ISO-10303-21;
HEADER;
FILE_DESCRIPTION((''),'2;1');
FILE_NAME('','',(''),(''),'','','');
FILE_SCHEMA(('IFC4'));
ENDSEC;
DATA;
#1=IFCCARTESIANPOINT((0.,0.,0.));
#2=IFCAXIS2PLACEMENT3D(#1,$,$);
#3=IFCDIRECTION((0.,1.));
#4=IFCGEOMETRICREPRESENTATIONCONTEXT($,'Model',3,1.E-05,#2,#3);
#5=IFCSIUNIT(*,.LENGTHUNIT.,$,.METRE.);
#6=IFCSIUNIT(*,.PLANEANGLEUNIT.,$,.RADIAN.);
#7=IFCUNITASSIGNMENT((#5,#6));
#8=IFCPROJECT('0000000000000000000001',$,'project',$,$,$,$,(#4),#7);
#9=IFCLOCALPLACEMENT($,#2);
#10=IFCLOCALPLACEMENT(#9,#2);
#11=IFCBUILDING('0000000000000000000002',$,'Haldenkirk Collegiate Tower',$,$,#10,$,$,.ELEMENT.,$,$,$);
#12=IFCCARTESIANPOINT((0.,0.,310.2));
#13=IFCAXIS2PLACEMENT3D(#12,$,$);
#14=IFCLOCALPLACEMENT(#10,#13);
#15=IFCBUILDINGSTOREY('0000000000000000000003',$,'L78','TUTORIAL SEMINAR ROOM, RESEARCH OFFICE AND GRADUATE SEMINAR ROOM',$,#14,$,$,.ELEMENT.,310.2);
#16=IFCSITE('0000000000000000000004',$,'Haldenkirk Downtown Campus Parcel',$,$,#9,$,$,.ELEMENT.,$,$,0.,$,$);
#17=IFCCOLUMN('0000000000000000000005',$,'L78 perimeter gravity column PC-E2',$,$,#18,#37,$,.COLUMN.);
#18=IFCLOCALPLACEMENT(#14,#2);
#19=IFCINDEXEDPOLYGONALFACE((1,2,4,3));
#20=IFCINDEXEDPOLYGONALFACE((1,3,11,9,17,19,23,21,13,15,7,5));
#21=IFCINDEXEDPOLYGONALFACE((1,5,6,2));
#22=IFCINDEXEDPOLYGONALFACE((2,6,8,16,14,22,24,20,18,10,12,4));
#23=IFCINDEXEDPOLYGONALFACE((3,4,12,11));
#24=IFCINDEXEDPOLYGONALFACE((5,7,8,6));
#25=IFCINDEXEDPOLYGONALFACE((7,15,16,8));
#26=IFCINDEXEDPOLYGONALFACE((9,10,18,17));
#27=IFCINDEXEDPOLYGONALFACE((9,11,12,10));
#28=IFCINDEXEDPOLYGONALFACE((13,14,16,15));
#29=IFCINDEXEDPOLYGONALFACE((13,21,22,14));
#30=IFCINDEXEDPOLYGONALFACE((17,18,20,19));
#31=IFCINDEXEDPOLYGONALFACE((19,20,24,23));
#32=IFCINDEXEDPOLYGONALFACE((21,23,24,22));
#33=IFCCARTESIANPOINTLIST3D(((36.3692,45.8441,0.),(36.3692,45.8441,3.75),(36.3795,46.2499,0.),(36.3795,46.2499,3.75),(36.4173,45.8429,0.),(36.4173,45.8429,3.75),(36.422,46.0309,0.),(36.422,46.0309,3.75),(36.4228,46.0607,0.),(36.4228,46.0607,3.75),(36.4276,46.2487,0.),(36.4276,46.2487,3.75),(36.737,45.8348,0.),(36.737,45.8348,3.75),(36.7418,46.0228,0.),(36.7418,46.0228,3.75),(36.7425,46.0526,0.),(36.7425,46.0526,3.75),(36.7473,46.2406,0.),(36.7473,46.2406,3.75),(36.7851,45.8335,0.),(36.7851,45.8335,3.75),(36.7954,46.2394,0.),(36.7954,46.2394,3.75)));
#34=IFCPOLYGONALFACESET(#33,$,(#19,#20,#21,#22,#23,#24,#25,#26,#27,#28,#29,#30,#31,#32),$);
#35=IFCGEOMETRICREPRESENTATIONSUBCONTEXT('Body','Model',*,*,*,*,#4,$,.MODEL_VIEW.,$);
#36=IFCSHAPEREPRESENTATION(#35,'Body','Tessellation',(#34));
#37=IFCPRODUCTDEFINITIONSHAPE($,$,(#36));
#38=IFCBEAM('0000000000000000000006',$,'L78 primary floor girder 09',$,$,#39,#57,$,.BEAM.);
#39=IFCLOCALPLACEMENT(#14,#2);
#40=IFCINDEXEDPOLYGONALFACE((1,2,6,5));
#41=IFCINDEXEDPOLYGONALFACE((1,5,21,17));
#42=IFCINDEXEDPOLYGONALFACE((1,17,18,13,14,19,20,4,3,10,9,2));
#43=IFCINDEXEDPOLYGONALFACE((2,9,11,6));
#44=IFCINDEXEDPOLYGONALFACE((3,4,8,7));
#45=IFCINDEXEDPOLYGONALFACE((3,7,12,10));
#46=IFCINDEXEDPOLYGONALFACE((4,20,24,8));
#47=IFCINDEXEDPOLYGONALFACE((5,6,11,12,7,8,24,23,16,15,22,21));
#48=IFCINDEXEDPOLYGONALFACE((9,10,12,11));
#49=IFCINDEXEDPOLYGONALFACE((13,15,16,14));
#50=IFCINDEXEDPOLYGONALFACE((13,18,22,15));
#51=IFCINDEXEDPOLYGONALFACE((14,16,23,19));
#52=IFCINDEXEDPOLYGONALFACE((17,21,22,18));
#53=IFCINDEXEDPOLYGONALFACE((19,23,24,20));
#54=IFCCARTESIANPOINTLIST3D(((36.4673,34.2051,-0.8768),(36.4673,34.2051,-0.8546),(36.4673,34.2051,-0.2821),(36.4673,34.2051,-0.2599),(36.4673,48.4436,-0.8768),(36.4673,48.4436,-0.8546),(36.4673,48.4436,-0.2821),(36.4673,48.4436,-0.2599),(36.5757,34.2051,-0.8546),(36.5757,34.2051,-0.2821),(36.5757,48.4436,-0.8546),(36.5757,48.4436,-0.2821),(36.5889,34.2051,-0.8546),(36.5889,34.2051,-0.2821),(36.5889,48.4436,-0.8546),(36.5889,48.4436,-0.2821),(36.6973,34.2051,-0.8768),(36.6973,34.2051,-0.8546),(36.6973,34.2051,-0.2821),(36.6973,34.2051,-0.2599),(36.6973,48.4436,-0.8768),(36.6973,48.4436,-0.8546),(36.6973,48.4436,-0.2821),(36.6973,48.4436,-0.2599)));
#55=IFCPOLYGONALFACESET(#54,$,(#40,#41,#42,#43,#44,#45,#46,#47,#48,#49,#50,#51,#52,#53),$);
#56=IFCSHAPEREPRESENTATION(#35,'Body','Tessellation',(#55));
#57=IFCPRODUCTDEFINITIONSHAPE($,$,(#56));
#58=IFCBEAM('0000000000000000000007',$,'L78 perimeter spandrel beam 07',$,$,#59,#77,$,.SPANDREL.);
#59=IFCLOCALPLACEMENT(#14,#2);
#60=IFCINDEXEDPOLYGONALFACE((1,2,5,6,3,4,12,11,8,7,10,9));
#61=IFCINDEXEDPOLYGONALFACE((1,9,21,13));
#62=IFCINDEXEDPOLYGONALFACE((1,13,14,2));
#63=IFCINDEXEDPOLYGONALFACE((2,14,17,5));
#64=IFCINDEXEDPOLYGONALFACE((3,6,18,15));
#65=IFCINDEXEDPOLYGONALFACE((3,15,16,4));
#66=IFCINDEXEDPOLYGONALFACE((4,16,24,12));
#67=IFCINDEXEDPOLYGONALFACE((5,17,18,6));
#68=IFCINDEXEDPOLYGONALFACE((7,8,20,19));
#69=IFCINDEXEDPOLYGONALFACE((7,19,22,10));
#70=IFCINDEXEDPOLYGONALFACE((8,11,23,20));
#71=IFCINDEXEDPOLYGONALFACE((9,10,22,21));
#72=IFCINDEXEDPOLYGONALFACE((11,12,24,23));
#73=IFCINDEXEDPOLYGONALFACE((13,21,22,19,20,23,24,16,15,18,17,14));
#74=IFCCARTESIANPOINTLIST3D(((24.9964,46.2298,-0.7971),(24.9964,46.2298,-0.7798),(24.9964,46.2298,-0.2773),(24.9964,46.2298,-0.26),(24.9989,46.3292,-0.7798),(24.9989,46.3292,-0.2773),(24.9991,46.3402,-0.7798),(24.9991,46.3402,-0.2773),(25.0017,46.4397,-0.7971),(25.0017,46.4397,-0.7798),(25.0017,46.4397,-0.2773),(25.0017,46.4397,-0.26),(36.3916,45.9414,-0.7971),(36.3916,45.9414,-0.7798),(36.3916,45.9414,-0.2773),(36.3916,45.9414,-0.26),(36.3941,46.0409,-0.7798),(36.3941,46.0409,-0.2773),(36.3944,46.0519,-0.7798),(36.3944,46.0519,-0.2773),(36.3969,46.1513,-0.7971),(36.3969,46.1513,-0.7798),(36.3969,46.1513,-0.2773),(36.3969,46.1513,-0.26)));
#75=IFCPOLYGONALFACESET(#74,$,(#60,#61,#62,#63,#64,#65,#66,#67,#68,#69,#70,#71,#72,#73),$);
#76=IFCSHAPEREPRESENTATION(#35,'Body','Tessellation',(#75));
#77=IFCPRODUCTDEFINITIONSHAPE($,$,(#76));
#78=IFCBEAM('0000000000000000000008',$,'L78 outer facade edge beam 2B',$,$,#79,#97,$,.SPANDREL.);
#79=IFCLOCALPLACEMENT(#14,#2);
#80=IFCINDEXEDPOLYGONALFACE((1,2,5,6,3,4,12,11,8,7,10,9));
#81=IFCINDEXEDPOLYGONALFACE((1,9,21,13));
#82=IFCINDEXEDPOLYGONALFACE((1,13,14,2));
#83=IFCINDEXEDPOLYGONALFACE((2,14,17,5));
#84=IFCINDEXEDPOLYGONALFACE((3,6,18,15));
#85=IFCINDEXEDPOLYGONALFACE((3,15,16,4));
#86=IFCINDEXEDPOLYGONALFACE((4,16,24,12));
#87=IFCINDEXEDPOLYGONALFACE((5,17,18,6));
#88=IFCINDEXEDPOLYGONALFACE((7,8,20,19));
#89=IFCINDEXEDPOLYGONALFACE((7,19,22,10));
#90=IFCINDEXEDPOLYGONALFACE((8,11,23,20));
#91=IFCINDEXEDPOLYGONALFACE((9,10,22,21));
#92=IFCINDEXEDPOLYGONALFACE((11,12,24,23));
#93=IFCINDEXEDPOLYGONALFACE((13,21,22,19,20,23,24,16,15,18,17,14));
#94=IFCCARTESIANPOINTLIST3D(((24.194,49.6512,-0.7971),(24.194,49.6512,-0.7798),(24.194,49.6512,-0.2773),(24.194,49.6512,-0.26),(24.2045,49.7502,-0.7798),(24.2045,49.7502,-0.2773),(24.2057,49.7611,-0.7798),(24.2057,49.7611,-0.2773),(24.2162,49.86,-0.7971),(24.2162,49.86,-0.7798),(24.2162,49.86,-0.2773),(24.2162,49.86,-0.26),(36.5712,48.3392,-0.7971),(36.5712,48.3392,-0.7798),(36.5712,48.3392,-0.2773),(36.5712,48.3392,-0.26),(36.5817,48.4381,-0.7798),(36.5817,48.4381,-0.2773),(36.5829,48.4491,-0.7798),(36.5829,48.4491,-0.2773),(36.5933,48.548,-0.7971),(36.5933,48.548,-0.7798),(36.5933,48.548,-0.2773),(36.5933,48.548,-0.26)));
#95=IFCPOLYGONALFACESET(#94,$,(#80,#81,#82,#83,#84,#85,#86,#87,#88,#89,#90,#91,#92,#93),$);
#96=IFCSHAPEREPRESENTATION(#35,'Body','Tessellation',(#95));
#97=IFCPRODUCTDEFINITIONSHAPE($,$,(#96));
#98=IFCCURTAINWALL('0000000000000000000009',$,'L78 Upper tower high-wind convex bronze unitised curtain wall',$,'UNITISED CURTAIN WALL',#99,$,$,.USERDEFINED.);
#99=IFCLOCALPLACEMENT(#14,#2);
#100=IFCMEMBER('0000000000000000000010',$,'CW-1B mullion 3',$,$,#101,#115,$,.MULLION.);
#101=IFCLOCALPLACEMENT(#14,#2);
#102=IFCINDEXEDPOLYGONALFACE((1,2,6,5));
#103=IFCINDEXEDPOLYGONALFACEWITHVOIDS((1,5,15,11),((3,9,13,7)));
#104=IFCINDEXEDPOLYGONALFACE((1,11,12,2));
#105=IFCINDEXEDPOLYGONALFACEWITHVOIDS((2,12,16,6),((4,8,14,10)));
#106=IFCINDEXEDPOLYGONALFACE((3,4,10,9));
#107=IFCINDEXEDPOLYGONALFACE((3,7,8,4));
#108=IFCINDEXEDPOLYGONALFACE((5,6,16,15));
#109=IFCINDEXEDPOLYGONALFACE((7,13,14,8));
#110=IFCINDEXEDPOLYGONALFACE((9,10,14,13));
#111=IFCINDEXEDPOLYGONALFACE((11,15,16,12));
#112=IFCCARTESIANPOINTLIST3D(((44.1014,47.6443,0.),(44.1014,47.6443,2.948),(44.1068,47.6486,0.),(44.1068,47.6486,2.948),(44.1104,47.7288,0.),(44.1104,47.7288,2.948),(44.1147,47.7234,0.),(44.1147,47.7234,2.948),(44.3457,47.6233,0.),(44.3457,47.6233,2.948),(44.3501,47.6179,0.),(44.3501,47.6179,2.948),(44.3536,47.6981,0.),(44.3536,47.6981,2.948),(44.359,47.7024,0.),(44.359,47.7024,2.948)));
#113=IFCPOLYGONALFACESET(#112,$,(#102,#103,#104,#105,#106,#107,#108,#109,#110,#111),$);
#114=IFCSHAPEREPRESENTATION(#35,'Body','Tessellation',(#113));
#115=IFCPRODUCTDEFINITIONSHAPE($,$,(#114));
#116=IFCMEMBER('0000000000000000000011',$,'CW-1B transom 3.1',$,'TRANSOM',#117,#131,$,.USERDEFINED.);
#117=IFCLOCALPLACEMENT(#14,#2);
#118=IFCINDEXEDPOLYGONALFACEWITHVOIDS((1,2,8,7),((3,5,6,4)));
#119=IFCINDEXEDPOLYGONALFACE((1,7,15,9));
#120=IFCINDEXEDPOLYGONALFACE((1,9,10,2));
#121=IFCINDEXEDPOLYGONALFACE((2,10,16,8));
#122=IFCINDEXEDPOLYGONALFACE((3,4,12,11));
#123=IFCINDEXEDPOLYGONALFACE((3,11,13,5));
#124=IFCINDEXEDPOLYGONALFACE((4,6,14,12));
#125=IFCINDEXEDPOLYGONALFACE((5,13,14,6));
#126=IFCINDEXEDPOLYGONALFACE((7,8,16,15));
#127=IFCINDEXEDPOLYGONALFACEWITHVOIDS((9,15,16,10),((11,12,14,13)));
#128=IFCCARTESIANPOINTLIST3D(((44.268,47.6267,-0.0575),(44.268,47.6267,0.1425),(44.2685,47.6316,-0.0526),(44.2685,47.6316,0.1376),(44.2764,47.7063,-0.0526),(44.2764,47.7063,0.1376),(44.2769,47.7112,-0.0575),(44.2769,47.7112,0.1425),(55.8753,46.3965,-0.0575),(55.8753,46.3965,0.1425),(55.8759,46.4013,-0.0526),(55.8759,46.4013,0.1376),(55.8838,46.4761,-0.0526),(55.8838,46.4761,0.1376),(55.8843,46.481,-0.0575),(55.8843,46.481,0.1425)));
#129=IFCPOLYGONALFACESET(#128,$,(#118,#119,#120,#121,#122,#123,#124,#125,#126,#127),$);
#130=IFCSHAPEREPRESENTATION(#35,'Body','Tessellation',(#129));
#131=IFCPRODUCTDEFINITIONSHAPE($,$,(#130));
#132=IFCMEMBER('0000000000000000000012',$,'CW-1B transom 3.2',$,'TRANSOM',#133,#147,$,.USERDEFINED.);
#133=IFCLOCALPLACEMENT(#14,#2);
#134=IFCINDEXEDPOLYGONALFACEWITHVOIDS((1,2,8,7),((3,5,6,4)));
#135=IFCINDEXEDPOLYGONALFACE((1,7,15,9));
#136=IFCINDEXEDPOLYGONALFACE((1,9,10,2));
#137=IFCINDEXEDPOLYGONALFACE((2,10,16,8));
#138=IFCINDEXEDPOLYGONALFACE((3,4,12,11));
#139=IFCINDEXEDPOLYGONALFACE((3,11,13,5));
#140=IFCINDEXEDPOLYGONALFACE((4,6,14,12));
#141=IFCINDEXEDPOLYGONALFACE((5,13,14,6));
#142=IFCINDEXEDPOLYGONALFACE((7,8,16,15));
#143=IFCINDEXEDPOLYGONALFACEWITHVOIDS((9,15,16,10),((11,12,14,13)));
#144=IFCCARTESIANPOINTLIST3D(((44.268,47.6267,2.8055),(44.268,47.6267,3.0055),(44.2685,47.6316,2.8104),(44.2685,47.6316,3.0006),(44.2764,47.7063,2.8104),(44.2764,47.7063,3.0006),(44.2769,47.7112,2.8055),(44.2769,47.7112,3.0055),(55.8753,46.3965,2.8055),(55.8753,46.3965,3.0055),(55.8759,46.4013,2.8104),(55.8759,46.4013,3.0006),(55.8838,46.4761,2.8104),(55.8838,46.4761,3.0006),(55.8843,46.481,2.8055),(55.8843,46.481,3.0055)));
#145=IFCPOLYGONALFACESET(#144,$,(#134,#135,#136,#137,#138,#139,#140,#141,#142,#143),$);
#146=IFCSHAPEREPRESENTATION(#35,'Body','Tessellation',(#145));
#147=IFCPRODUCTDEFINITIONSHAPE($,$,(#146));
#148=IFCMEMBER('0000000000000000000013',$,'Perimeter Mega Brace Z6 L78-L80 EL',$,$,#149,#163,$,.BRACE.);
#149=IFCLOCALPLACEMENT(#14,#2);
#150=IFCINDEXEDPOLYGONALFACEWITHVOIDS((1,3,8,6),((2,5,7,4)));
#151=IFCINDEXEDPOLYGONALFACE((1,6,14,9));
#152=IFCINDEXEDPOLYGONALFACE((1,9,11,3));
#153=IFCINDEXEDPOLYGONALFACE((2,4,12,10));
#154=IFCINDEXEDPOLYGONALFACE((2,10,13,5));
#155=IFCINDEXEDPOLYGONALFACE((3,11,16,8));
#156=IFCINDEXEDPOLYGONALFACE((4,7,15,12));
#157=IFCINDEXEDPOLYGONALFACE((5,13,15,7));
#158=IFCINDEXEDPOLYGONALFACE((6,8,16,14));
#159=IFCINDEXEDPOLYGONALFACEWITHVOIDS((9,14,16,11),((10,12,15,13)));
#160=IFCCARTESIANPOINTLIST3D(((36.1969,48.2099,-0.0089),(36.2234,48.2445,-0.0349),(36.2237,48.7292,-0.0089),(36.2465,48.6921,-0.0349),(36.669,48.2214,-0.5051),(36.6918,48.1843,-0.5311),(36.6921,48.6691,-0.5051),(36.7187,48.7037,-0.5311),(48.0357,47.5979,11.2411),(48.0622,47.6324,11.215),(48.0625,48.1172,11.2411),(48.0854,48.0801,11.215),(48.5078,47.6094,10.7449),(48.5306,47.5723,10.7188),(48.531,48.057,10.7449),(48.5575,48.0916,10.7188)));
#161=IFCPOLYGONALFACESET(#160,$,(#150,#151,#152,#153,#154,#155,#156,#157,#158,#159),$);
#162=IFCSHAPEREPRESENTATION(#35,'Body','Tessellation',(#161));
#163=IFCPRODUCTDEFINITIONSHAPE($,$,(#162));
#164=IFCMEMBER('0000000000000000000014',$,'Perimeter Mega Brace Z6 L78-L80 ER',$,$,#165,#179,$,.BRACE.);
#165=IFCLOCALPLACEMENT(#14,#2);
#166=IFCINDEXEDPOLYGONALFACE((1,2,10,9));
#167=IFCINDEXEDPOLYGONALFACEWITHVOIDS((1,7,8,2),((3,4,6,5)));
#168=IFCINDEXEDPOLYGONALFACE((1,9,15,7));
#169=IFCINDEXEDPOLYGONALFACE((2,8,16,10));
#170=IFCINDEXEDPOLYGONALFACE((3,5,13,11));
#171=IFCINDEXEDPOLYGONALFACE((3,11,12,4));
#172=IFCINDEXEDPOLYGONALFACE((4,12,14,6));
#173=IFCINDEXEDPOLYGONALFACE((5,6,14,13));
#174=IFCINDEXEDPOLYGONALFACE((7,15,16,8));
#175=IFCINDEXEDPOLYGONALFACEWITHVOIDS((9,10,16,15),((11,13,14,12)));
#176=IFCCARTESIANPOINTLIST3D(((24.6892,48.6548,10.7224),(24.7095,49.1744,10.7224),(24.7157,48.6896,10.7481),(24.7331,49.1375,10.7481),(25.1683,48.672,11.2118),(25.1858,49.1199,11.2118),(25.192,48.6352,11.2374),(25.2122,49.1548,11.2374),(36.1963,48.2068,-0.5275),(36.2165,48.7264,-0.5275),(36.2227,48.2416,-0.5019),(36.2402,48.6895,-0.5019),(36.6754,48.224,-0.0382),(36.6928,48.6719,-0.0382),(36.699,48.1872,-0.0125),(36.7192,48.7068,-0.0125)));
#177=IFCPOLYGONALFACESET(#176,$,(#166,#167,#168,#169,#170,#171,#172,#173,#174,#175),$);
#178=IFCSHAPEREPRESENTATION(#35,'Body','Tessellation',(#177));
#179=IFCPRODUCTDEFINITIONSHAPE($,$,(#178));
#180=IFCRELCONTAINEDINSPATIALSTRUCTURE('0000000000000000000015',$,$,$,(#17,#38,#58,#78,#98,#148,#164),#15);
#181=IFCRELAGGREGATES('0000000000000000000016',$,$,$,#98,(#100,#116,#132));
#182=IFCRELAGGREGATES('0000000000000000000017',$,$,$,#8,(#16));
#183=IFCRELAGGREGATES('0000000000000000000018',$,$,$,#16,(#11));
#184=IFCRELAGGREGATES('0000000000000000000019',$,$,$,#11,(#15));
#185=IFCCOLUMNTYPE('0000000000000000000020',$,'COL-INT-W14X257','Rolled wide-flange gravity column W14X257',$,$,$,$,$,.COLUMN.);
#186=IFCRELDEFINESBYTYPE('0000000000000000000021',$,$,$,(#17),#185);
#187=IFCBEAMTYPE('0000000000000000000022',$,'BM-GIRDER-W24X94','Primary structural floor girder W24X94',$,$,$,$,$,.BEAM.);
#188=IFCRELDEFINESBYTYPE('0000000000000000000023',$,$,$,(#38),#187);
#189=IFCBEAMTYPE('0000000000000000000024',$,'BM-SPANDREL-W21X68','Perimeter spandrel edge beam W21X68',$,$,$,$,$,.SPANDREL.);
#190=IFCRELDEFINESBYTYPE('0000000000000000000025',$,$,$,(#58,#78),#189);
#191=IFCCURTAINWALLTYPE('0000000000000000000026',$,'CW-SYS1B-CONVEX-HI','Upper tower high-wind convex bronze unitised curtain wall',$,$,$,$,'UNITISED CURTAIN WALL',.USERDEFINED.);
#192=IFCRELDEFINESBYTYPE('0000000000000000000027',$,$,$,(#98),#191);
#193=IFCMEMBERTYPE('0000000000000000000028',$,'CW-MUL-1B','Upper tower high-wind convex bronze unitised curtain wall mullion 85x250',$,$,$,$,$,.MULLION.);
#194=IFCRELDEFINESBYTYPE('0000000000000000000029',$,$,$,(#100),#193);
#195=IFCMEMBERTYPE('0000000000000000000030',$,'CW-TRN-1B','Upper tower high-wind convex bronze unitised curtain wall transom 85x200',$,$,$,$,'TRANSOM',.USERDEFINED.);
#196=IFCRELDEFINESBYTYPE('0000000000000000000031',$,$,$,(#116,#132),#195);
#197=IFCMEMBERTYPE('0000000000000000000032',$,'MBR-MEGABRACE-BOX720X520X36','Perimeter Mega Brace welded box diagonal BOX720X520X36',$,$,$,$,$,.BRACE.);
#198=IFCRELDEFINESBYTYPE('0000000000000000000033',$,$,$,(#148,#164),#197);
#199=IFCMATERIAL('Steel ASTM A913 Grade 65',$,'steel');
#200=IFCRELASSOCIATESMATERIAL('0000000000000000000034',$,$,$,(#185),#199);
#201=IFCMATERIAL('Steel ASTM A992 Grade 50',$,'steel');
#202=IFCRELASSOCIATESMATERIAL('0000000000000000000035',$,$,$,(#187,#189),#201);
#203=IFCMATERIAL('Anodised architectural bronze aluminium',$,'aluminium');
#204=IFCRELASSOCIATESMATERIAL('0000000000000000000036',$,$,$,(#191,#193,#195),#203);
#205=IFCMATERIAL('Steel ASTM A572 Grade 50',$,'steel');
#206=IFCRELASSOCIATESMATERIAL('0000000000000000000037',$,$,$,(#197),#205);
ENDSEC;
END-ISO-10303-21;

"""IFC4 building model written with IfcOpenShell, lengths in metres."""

from ifc_helpers import new_model, si_unit, direction, frame, origin, origin_2d, place, context, subcontext, project, spatial, hollow_rectangle, i_section, extrude, material, material_profile, profile_set, type_object, element, aggregate, save


model = new_model("IFC4")

# Units and contexts
model_context = context("Model", 3, precision=1e-05, world=origin(), true_north=direction((0.0, 1.0)))
body_context = subcontext(model_context, "Body", "Model", "MODEL_VIEW")
ifc_project = project(units=[si_unit("LENGTHUNIT", "METRE"), si_unit("PLANEANGLEUNIT", "RADIAN")], contexts=[model_context])

# Site, building, storey
site_placement = place(None, origin())
site = spatial("IfcSite", under=ifc_project, at=site_placement, Name="Haldenkirk Downtown Campus Parcel", CompositionType="ELEMENT", RefElevation=0.0)
building_placement = place(site_placement, origin())
building = spatial("IfcBuilding", under=site, at=building_placement, Name="Haldenkirk Collegiate Tower", CompositionType="ELEMENT")
storey_placement = place(building_placement, frame((0.0, 0.0, 310.2)))
storey = spatial("IfcBuildingStorey", under=building, at=storey_placement, Name="L78", Description="TUTORIAL SEMINAR ROOM, RESEARCH OFFICE AND GRADUATE SEMINAR ROOM", CompositionType="ELEMENT", Elevation=310.2)

# Column
ifc_material_1 = material(Name="Steel ASTM A913 Grade 65", Category="steel")
ifc_material_profile_1 = material_profile(ifc_material_1, i_section(OverallWidth=0.406, OverallDepth=0.416, WebThickness=0.0298, FlangeThickness=0.0481, at=origin_2d()), Name="W14X257")
ifc_profile_set_1 = profile_set([ifc_material_profile_1], Name="Steel ASTM A913 Grade 65")
column_type = type_object("IfcColumnType", Name="COL-INT-W14X257", Description="Rolled wide-flange gravity column W14X257", PredefinedType="COLUMN", material=ifc_profile_set_1)
column_placement = place(storey_placement, frame((36.5823, 46.0417, 0.0), z_axis=(0.0, 0.0, 1.0), x_axis=(0.025305, 0.99968, 0.0)))
element("IfcColumn", 1, at=column_placement, inside=storey, type_object=column_type, Name="L78 perimeter gravity column PC-E2", PredefinedType="COLUMN", context=body_context, shape_type="SweptSolid", body=[
    extrude(i_section(OverallWidth=0.406, OverallDepth=0.416, WebThickness=0.0298, FlangeThickness=0.0481, at=origin_2d()), origin(), (0.0, 0.0, 1.0), 3.75),
])

# Beams
ifc_material_2 = material(Name="Steel ASTM A992 Grade 50", Category="steel")
ifc_material_profile_2 = material_profile(ifc_material_2, i_section(OverallWidth=0.23, OverallDepth=0.6169, WebThickness=0.0132, FlangeThickness=0.0222, at=origin_2d()), Name="W24X94")
ifc_profile_set_2 = profile_set([ifc_material_profile_2], Name="Steel ASTM A992 Grade 50")
beam_type_1 = type_object("IfcBeamType", Name="BM-GIRDER-W24X94", Description="Primary structural floor girder W24X94", PredefinedType="BEAM", material=ifc_profile_set_2)
beam_1_placement = place(storey_placement, frame((36.5823, 48.4436, -0.5684), z_axis=(0.0, -1.0, 0.0), x_axis=(1.0, 0.0, 0.0)))
element("IfcBeam", 2, at=beam_1_placement, inside=storey, type_object=beam_type_1, Name="L78 primary floor girder 09", PredefinedType="BEAM", context=body_context, shape_type="SweptSolid", body=[
    extrude(i_section(OverallWidth=0.23, OverallDepth=0.6169, WebThickness=0.0132, FlangeThickness=0.0222, at=origin_2d()), origin(), (0.0, 0.0, 1.0), 14.2385),
])
ifc_material_profile_3 = material_profile(ifc_material_2, i_section(OverallWidth=0.21, OverallDepth=0.5371, WebThickness=0.011, FlangeThickness=0.0173, at=origin_2d()), Name="W21X68")
ifc_profile_set_3 = profile_set([ifc_material_profile_3], Name="Steel ASTM A992 Grade 50")
beam_type_2 = type_object("IfcBeamType", Name="BM-SPANDREL-W21X68", Description="Perimeter spandrel edge beam W21X68", PredefinedType="SPANDREL", material=ifc_profile_set_3)
beam_2_placement = place(storey_placement, frame((36.3943, 46.0464, -0.5286), z_axis=(-0.99968, 0.025295, 0.0), x_axis=(-0.025295, -0.99968, 0.0)))
element("IfcBeam", 3, at=beam_2_placement, inside=storey, type_object=beam_type_2, Name="L78 perimeter spandrel beam 07", PredefinedType="SPANDREL", context=body_context, shape_type="SweptSolid", body=[
    extrude(i_section(OverallWidth=0.21, OverallDepth=0.5371, WebThickness=0.011, FlangeThickness=0.0173, at=origin_2d()), origin(), (0.0, 0.0, 1.0), 11.3989),
])
beam_3_placement = place(storey_placement, frame((36.5823, 48.4436, -0.5286), z_axis=(-0.994429, 0.105412, 0.0), x_axis=(-0.105412, -0.994429, 0.0)))
element("IfcBeam", 4, at=beam_3_placement, inside=storey, type_object=beam_type_2, Name="L78 outer facade edge beam 2B", PredefinedType="SPANDREL", context=body_context, shape_type="SweptSolid", body=[
    extrude(i_section(OverallWidth=0.21, OverallDepth=0.5371, WebThickness=0.011, FlangeThickness=0.0173, at=origin_2d()), origin(), (0.0, 0.0, 1.0), 12.4465),
])

# Curtain wall, members
ifc_material_3 = material(Name="Anodised architectural bronze aluminium", Category="aluminium")
curtain_wall_type = type_object("IfcCurtainWallType", Name="CW-SYS1B-CONVEX-HI", Description="Upper tower high-wind convex bronze unitised curtain wall", ElementType="UNITISED CURTAIN WALL", PredefinedType="USERDEFINED", material=ifc_material_3)
curtain_wall_placement = place(storey_placement, origin())
curtain_wall = element("IfcCurtainWall", 5, at=curtain_wall_placement, inside=storey, type_object=curtain_wall_type, Name="L78 Upper tower high-wind convex bronze unitised curtain wall", ObjectType="UNITISED CURTAIN WALL", PredefinedType="USERDEFINED")
ifc_material_profile_4 = material_profile(ifc_material_3, hollow_rectangle(XDim=0.085, YDim=0.25, WallThickness=0.0049, at=origin_2d()), Name="CW-MUL-1B")
ifc_profile_set_4 = profile_set([ifc_material_profile_4], Name="Anodised architectural bronze aluminium")
member_type_1 = type_object("IfcMemberType", Name="CW-MUL-1B", Description="Upper tower high-wind convex bronze unitised curtain wall mullion 85x250", PredefinedType="MULLION", material=ifc_profile_set_4)
member_1_placement = place(storey_placement, frame((44.2302, 47.6733, 0.0), z_axis=(0.0, 0.0, 1.0), x_axis=(0.105393, 0.994431, 0.0)))
member_1 = element("IfcMember", 6, at=member_1_placement, type_object=member_type_1, Name="CW-1B mullion 3", PredefinedType="MULLION", context=body_context, shape_type="SweptSolid", body=[
    extrude(hollow_rectangle(XDim=0.085, YDim=0.25, WallThickness=0.0049, at=origin_2d()), origin(), (0.0, 0.0, 1.0), 2.948),
])
ifc_material_profile_5 = material_profile(ifc_material_3, hollow_rectangle(XDim=0.085, YDim=0.2, WallThickness=0.0049, at=origin_2d()), Name="CW-TRN-1B")
ifc_profile_set_5 = profile_set([ifc_material_profile_5], Name="Anodised architectural bronze aluminium")
member_type_2 = type_object("IfcMemberType", Name="CW-TRN-1B", Description="Upper tower high-wind convex bronze unitised curtain wall transom 85x200", ElementType="TRANSOM", PredefinedType="USERDEFINED", material=ifc_profile_set_5)
member_2_placement = place(storey_placement, frame((44.2725, 47.6689, 0.0425), z_axis=(0.99443, -0.105396, 0.0), x_axis=(0.105396, 0.99443, 0.0)))
member_2 = element("IfcMember", 7, at=member_2_placement, type_object=member_type_2, Name="CW-1B transom 3.1", ObjectType="TRANSOM", PredefinedType="USERDEFINED", context=body_context, shape_type="SweptSolid", body=[
    extrude(hollow_rectangle(XDim=0.085, YDim=0.2, WallThickness=0.0049, at=origin_2d()), origin(), (0.0, 0.0, 1.0), 11.6724),
])
member_3_placement = place(storey_placement, frame((44.2725, 47.6689, 2.9055), z_axis=(0.99443, -0.105396, 0.0), x_axis=(0.105396, 0.99443, 0.0)))
member_3 = element("IfcMember", 8, at=member_3_placement, type_object=member_type_2, Name="CW-1B transom 3.2", ObjectType="TRANSOM", PredefinedType="USERDEFINED", context=body_context, shape_type="SweptSolid", body=[
    extrude(hollow_rectangle(XDim=0.085, YDim=0.2, WallThickness=0.0049, at=origin_2d()), origin(), (0.0, 0.0, 1.0), 11.6724),
])

# Members
ifc_material_4 = material(Name="Steel ASTM A572 Grade 50", Category="steel")
ifc_material_profile_6 = material_profile(ifc_material_4, hollow_rectangle(XDim=0.52, YDim=0.72, WallThickness=0.0359, at=origin_2d()), Name="BOX720X520X36")
ifc_profile_set_6 = profile_set([ifc_material_profile_6], Name="Steel ASTM A572 Grade 50")
member_type_3 = type_object("IfcMemberType", Name="MBR-MEGABRACE-BOX720X520X36", Description="Perimeter Mega Brace welded box diagonal BOX720X520X36", PredefinedType="BRACE", material=ifc_profile_set_6)
member_4_placement = place(storey_placement, frame((36.4578, 48.4568, -0.27), z_axis=(0.724397, -0.037451, 0.688365), x_axis=(0.05163, 0.998666, 0.0)))
element("IfcMember", 9, at=member_4_placement, inside=storey, type_object=member_type_3, Name="Perimeter Mega Brace Z6 L78-L80 EL", PredefinedType="BRACE", context=body_context, shape_type="SweptSolid", body=[
    extrude(hollow_rectangle(XDim=0.52, YDim=0.72, WallThickness=0.0359, at=origin_2d()), origin(), (0.0, 0.0, 1.0), 16.343),
])
member_5_placement = place(storey_placement, frame((36.4578, 48.4568, -0.27), z_axis=(-0.714772, 0.027828, 0.698803), x_axis=(-0.038903, -0.999243, 0.0)))
element("IfcMember", 10, at=member_5_placement, inside=storey, type_object=member_type_3, Name="Perimeter Mega Brace Z6 L78-L80 ER", PredefinedType="BRACE", context=body_context, shape_type="SweptSolid", body=[
    extrude(hollow_rectangle(XDim=0.52, YDim=0.72, WallThickness=0.0359, at=origin_2d()), origin(), (0.0, 0.0, 1.0), 16.0989),
])

aggregate(curtain_wall, [member_1, member_2, member_3])

save(model, "model.ifc")
